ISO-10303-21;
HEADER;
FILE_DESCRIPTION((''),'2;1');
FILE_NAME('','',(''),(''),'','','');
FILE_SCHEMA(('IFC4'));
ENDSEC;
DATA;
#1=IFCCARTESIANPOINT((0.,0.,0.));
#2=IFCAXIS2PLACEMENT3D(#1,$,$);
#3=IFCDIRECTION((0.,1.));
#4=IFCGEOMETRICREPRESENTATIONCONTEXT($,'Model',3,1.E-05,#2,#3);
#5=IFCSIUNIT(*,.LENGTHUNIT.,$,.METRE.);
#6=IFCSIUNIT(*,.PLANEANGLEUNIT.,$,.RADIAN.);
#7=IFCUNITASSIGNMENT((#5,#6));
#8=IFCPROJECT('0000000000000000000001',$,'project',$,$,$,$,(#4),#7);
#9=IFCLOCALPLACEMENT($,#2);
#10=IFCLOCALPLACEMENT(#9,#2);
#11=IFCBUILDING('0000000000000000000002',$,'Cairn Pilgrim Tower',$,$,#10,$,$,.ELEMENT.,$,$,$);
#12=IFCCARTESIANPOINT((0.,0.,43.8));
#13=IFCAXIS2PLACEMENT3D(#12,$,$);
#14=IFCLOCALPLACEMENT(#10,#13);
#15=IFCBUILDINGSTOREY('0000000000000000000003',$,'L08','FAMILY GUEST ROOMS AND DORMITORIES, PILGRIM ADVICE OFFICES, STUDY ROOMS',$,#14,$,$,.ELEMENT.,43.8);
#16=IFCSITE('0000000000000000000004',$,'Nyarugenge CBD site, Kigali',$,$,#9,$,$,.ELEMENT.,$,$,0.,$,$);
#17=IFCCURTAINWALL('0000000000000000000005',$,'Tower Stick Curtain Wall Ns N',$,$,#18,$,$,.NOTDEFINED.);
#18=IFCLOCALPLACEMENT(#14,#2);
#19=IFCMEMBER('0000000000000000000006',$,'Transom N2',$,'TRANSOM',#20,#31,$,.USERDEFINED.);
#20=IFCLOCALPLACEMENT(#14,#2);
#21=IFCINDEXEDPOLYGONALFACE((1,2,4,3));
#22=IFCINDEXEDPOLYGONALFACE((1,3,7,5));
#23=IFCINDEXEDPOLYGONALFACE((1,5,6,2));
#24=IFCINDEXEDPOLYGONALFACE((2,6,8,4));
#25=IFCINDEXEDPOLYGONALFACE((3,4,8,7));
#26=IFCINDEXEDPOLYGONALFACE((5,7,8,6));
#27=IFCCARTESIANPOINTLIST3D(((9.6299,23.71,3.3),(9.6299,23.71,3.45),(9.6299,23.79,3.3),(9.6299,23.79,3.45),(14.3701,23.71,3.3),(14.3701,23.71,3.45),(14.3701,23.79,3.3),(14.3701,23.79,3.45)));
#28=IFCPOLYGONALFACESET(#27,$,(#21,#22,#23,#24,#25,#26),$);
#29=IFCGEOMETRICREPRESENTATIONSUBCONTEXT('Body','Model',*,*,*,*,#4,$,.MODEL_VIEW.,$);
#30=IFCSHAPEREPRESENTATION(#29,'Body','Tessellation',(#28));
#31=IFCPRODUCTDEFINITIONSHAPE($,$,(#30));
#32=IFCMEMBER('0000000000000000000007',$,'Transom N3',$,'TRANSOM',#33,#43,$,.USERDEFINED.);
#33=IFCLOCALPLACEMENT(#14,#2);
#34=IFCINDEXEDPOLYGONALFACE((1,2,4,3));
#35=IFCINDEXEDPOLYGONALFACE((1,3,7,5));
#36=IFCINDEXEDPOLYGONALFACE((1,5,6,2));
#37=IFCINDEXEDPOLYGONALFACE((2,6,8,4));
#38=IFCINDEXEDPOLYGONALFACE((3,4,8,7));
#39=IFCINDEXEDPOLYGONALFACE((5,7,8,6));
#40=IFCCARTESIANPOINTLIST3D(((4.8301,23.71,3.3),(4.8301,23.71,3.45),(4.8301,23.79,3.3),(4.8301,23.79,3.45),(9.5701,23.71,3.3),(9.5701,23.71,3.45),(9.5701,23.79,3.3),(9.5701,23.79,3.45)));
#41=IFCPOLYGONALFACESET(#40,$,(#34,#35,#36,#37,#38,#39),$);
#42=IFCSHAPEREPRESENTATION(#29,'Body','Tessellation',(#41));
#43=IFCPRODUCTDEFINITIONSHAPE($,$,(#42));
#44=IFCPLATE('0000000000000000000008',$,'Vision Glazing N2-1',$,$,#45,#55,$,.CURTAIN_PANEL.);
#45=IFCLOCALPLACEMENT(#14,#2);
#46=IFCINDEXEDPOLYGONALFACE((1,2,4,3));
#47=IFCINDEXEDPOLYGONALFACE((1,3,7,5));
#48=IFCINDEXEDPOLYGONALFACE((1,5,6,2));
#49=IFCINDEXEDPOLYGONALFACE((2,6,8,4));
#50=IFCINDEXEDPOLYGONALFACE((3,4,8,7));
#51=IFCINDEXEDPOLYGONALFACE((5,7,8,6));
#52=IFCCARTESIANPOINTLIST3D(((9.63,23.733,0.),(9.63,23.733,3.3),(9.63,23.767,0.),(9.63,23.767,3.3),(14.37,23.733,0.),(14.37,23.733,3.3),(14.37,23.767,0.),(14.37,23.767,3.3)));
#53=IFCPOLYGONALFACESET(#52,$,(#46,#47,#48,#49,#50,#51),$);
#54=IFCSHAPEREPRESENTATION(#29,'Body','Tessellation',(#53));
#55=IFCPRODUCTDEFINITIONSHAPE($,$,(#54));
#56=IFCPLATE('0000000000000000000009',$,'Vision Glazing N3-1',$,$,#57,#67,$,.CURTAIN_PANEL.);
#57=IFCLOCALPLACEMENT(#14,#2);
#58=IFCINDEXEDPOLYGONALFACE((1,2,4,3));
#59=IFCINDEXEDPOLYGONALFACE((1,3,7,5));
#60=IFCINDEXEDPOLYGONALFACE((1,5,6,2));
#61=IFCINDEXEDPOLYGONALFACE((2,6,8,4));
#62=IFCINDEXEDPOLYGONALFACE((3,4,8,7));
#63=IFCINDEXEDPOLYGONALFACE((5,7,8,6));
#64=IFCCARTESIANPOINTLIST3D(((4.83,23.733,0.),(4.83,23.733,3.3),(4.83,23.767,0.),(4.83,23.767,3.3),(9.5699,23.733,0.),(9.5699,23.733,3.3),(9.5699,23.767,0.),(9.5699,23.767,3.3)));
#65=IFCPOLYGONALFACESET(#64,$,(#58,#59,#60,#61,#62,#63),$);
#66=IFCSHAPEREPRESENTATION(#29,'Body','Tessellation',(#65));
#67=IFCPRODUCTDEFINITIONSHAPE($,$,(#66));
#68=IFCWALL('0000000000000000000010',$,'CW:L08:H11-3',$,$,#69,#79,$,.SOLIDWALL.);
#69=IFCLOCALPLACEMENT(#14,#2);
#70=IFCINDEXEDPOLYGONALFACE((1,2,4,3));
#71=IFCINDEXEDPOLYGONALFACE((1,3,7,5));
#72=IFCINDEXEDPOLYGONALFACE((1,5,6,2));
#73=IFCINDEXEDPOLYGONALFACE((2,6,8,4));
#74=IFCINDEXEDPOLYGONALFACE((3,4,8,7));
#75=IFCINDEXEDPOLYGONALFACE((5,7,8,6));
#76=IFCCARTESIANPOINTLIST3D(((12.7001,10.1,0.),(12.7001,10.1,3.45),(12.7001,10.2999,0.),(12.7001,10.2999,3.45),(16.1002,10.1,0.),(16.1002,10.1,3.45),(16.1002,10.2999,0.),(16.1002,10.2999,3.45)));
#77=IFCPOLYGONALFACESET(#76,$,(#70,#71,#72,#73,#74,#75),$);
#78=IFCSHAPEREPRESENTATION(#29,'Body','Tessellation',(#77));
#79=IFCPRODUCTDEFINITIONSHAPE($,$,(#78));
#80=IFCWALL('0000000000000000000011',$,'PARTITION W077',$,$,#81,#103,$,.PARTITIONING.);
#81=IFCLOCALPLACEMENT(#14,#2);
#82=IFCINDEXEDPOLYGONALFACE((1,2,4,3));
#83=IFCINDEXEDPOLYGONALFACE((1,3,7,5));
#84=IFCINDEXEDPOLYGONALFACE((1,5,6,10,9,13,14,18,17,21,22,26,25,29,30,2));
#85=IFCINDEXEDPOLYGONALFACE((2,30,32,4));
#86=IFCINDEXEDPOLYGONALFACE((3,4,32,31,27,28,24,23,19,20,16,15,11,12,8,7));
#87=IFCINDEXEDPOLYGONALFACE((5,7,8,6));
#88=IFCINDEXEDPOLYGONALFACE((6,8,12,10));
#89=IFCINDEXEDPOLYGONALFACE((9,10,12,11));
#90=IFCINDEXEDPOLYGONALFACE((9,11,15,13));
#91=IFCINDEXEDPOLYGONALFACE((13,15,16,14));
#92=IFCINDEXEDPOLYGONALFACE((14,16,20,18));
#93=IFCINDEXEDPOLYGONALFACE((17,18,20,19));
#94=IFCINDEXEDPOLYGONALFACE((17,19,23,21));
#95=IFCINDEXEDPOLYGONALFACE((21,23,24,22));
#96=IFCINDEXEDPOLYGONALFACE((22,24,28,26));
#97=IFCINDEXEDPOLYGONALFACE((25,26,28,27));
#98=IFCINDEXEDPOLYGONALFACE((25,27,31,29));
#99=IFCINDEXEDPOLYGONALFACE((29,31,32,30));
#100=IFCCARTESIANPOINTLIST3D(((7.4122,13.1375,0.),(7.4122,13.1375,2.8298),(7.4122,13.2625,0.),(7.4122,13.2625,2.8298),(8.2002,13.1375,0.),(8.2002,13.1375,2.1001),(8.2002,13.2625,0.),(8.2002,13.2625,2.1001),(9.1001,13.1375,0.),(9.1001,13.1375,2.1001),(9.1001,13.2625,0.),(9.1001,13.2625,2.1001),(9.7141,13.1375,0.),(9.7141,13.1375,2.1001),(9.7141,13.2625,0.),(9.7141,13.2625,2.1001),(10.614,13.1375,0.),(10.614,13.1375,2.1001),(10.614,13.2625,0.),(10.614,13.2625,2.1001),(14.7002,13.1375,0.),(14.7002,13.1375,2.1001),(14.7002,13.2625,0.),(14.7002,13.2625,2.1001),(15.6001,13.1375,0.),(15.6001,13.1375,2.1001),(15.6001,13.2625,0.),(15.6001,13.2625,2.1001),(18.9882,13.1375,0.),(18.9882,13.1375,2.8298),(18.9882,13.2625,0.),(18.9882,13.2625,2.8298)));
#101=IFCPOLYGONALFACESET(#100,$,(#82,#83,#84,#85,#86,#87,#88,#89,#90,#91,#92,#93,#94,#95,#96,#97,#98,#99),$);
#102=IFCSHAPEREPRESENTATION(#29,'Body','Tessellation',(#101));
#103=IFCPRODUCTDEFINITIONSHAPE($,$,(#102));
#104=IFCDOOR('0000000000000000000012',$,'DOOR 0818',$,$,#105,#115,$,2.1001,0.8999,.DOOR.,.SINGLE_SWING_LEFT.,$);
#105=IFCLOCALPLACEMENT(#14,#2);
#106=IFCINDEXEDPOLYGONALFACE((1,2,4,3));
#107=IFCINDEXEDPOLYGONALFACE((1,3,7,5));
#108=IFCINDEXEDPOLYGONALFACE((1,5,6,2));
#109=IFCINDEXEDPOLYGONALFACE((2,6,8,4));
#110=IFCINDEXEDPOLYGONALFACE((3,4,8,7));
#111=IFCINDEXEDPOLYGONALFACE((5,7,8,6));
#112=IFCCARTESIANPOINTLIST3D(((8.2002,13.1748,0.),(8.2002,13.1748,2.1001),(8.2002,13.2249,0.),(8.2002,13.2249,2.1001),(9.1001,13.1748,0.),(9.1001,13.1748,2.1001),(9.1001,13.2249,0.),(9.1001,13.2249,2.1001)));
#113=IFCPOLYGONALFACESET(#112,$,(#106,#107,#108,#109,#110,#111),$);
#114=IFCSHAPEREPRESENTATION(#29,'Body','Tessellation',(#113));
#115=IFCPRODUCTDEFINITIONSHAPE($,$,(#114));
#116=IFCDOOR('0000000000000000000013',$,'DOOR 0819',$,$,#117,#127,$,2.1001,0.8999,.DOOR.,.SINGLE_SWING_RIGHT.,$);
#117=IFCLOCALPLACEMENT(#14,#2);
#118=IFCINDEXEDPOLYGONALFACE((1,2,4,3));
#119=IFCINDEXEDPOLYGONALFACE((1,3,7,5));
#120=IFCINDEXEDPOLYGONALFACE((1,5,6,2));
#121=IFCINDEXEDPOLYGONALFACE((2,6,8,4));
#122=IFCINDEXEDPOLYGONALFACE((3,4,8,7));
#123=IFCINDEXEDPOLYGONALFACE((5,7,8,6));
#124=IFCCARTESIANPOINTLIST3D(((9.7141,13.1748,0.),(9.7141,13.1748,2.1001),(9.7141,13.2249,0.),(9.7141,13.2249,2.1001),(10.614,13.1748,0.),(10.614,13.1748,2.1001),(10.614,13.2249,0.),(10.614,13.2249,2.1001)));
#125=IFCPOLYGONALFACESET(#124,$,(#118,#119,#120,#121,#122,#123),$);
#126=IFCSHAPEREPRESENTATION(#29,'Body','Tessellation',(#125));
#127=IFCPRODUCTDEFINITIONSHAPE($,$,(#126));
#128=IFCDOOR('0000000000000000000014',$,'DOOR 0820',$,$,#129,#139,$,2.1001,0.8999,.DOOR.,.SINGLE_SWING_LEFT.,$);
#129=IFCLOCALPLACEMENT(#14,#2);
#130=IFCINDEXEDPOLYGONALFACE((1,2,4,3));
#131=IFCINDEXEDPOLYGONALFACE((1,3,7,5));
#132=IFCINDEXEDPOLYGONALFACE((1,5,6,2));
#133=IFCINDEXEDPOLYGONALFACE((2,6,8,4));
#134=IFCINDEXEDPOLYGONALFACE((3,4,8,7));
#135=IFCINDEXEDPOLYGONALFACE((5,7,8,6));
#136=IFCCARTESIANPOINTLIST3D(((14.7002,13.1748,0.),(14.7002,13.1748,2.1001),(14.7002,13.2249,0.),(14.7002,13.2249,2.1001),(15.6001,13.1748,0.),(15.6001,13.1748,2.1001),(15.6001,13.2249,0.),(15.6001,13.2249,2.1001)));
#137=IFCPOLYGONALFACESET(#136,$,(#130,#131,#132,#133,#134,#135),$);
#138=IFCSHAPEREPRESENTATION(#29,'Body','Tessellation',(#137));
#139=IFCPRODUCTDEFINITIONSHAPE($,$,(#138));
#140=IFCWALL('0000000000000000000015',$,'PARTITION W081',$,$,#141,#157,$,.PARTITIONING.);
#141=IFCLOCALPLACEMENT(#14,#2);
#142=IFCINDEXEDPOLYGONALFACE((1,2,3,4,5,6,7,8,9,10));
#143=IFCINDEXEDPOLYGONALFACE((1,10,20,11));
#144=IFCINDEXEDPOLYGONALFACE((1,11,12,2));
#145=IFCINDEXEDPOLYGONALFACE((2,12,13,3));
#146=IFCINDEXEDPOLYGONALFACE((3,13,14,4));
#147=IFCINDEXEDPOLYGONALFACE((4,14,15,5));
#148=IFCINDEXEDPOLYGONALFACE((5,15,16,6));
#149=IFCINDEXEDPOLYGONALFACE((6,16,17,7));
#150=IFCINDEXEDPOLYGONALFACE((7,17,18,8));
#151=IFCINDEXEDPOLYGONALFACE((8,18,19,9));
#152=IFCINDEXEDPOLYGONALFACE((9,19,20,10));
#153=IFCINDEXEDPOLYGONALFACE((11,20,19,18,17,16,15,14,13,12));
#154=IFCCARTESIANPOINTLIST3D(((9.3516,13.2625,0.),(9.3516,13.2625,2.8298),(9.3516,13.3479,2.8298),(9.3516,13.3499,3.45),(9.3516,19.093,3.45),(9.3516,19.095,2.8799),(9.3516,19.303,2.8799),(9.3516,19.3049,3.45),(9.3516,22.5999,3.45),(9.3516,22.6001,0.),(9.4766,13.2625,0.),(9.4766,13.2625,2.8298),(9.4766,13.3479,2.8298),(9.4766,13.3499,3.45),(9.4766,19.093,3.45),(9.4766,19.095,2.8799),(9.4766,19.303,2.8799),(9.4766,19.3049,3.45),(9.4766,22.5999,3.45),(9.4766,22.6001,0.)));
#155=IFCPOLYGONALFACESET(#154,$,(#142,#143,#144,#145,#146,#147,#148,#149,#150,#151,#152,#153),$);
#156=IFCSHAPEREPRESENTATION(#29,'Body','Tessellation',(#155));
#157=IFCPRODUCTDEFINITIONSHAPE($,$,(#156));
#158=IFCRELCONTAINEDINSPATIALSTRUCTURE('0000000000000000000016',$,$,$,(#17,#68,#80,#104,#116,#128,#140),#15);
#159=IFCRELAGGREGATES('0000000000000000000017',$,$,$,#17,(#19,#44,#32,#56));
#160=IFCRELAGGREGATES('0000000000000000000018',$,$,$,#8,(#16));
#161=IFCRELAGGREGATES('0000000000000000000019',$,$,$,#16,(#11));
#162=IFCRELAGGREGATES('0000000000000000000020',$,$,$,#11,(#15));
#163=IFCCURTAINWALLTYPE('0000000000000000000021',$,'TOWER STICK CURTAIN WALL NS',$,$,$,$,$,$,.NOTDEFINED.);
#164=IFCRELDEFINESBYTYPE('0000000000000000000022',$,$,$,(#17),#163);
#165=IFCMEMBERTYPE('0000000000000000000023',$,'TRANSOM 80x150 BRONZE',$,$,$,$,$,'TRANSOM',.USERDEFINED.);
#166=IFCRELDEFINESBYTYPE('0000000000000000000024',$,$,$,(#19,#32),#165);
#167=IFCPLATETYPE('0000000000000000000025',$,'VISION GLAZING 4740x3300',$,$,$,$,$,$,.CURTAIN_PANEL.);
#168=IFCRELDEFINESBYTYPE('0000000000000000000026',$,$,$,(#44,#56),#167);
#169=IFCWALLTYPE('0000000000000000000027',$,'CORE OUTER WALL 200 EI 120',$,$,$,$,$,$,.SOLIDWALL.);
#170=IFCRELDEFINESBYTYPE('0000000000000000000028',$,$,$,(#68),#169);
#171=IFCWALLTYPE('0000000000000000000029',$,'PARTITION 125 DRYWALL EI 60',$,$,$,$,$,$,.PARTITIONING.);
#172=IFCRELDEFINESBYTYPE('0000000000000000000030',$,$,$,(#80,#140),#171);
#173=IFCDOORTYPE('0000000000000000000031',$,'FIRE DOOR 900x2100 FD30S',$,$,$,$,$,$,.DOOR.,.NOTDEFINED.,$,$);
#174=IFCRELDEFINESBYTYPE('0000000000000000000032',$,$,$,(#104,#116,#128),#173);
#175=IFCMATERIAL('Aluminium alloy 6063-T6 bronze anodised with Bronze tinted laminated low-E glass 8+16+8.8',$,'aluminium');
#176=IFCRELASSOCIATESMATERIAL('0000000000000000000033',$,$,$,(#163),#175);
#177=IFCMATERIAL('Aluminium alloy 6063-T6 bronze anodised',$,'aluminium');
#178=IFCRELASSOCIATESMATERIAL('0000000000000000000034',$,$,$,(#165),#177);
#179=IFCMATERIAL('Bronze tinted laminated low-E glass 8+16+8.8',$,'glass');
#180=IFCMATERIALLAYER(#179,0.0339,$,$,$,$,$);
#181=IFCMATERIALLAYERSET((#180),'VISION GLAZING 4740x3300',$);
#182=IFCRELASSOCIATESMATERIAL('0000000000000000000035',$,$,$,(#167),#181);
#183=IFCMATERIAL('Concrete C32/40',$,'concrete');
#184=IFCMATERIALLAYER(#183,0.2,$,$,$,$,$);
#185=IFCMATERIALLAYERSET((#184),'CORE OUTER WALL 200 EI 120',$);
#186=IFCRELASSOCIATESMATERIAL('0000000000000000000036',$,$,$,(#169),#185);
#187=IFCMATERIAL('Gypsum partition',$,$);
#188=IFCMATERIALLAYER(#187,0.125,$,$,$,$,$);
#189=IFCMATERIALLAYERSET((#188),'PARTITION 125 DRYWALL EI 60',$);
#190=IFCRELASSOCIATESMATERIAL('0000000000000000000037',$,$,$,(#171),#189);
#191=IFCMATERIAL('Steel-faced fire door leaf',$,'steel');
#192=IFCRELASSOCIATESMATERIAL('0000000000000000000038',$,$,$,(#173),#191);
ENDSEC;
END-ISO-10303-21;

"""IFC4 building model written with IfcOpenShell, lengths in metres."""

from ifc_helpers import new_model, si_unit, direction, frame, frame_2d, origin, origin_2d, place, context, subcontext, project, spatial, polyline, rectangle, outline, extrude, material, layer, layer_set, material_profile, profile_set, type_object, element, fill, aggregate, save


model = new_model("IFC4")

# Units and contexts
model_context = context("Model", 3, precision=1e-05, world=origin(), true_north=direction((0.0, 1.0)))
body_context = subcontext(model_context, "Body", "Model", "MODEL_VIEW")
ifc_project = project(units=[si_unit("LENGTHUNIT", "METRE"), si_unit("PLANEANGLEUNIT", "RADIAN")], contexts=[model_context])

# Site, building, storey
site_placement = place(None, origin())
site = spatial("IfcSite", under=ifc_project, at=site_placement, Name="Nyarugenge CBD site, Kigali", CompositionType="ELEMENT", RefElevation=0.0)
building_placement = place(site_placement, origin())
building = spatial("IfcBuilding", under=site, at=building_placement, Name="Cairn Pilgrim Tower", CompositionType="ELEMENT")
storey_placement = place(building_placement, frame((0.0, 0.0, 43.8)))
storey = spatial("IfcBuildingStorey", under=building, at=storey_placement, Name="L08", Description="FAMILY GUEST ROOMS AND DORMITORIES, PILGRIM ADVICE OFFICES, STUDY ROOMS", CompositionType="ELEMENT", Elevation=43.8)

# Curtain wall
ifc_material_1 = material(Name="Aluminium alloy 6063-T6 bronze anodised with Bronze tinted laminated low-E glass 8+16+8.8", Category="aluminium")
curtain_wall_type = type_object("IfcCurtainWallType", Name="TOWER STICK CURTAIN WALL NS", PredefinedType="NOTDEFINED", material=ifc_material_1)
curtain_wall_placement = place(storey_placement, origin())
curtain_wall = element("IfcCurtainWall", 1, at=curtain_wall_placement, inside=storey, type_object=curtain_wall_type, Name="Tower Stick Curtain Wall Ns N", PredefinedType="NOTDEFINED")
ifc_material_2 = material(Name="Aluminium alloy 6063-T6 bronze anodised", Category="aluminium")

# Members
ifc_material_profile_1 = material_profile(ifc_material_2, rectangle(XDim=0.0801, YDim=0.1499, at=origin_2d()), Name="TRANSOM 80x150 BRONZE")
ifc_profile_set_1 = profile_set([ifc_material_profile_1], Name="Aluminium alloy 6063-T6 bronze anodised")
member_type_1 = type_object("IfcMemberType", Name="TRANSOM 80x150 BRONZE", ElementType="TRANSOM", PredefinedType="USERDEFINED", material=ifc_profile_set_1)
member_1_placement = place(storey_placement, frame((14.3701, 23.75, 3.375), z_axis=(-1.0, 0.0, 0.0), x_axis=(0.0, -1.0, 0.0)))
member_1 = element("IfcMember", 2, at=member_1_placement, type_object=member_type_1, Name="Transom N2", ObjectType="TRANSOM", PredefinedType="USERDEFINED", context=body_context, shape_type="SweptSolid", body=[
    extrude(rectangle(XDim=0.0801, YDim=0.1499, at=origin_2d()), origin(), (0.0, 0.0, 1.0), 4.7402),
])
member_2_placement = place(storey_placement, frame((9.5701, 23.75, 3.375), z_axis=(-1.0, 0.0, 0.0), x_axis=(0.0, -1.0, 0.0)))
member_2 = element("IfcMember", 3, at=member_2_placement, type_object=member_type_1, Name="Transom N3", ObjectType="TRANSOM", PredefinedType="USERDEFINED", context=body_context, shape_type="SweptSolid", body=[
    extrude(rectangle(XDim=0.0801, YDim=0.1499, at=origin_2d()), origin(), (0.0, 0.0, 1.0), 4.74),
])

# Plates
ifc_material_3 = material(Name="Bronze tinted laminated low-E glass 8+16+8.8", Category="glass")
ifc_layer_1 = layer(ifc_material_3, 0.0339)
ifc_layer_set_1 = layer_set([ifc_layer_1], Name="VISION GLAZING 4740x3300")
plate_type = type_object("IfcPlateType", Name="VISION GLAZING 4740x3300", PredefinedType="CURTAIN_PANEL", material=ifc_layer_set_1)
plate_1_placement = place(storey_placement, frame((12.0, 23.75, 0.0), z_axis=(0.0, 0.0, 1.0), x_axis=(-1.0, 0.0, 0.0)))
plate_1 = element("IfcPlate", 4, at=plate_1_placement, type_object=plate_type, Name="Vision Glazing N2-1", PredefinedType="CURTAIN_PANEL", context=body_context, shape_type="SweptSolid", body=[
    extrude(rectangle(XDim=4.74, YDim=0.0339, at=origin_2d()), origin(), (0.0, 0.0, 1.0), 3.3),
])
plate_2_placement = place(storey_placement, frame((7.2, 23.75, 0.0), z_axis=(0.0, 0.0, 1.0), x_axis=(-1.0, 0.0, 0.0)))
plate_2 = element("IfcPlate", 5, at=plate_2_placement, type_object=plate_type, Name="Vision Glazing N3-1", PredefinedType="CURTAIN_PANEL", context=body_context, shape_type="SweptSolid", body=[
    extrude(rectangle(XDim=4.74, YDim=0.0339, at=origin_2d()), origin(), (0.0, 0.0, 1.0), 3.3),
])
aggregate(curtain_wall, [member_1, plate_1, member_2, plate_2])

# Wall
ifc_material_4 = material(Name="Concrete C32/40", Category="concrete")
ifc_layer_2 = layer(ifc_material_4, 0.2)
ifc_layer_set_2 = layer_set([ifc_layer_2], Name="CORE OUTER WALL 200 EI 120")
wall_type_1 = type_object("IfcWallType", Name="CORE OUTER WALL 200 EI 120", PredefinedType="SOLIDWALL", material=ifc_layer_set_2)
wall_1_placement = place(storey_placement, frame((12.7, 10.2, 0.0), z_axis=(0.0, 0.0, 1.0), x_axis=(1.0, 0.0, 0.0)))
element("IfcWall", 6, at=wall_1_placement, inside=storey, type_object=wall_type_1, Name="CW:L08:H11-3", PredefinedType="SOLIDWALL", context=body_context, shape_type="SweptSolid", body=[
    extrude(rectangle(XDim=3.4001, YDim=0.2, at=frame_2d((1.7002, 0.0))), origin(), (0.0, 0.0, 1.0), 3.45),
])

# Wall, openings, doors
ifc_material_5 = material(Name="Gypsum partition")
ifc_layer_3 = layer(ifc_material_5, 0.125)
ifc_layer_set_3 = layer_set([ifc_layer_3], Name="PARTITION 125 DRYWALL EI 60")
wall_type_2 = type_object("IfcWallType", Name="PARTITION 125 DRYWALL EI 60", PredefinedType="PARTITIONING", material=ifc_layer_set_3)
wall_2_placement = place(storey_placement, frame((7.4121, 13.2, 0.0), z_axis=(0.0, 0.0, 1.0), x_axis=(1.0, 0.0, 0.0)))
wall_2 = element("IfcWall", 7, at=wall_2_placement, inside=storey, type_object=wall_type_2, Name="PARTITION W077", PredefinedType="PARTITIONING", context=body_context, shape_type="SweptSolid", body=[
    extrude(rectangle(XDim=11.5759, YDim=0.125, at=frame_2d((5.7881, 0.0))), origin(), (0.0, 0.0, 1.0), 2.8298),
])
opening_1_placement = place(wall_2_placement, frame((0.7881, 0.0, 0.0)))
opening_1 = element("IfcOpeningElement", 8, at=opening_1_placement, cuts=wall_2, PredefinedType="OPENING", context=body_context, shape_type="SweptSolid", body=[
    extrude(rectangle(XDim=0.8999, YDim=2.1001, at=frame_2d((0.45, 1.05))), frame((0.0, 0.0725, 0.0), z_axis=(0.0, -1.0, 0.0), x_axis=(1.0, 0.0, 0.0)), (0.0, 0.0, 1.0), 0.145),
])
opening_2_placement = place(wall_2_placement, frame((2.302, 0.0, 0.0)))
opening_2 = element("IfcOpeningElement", 9, at=opening_2_placement, cuts=wall_2, PredefinedType="OPENING", context=body_context, shape_type="SweptSolid", body=[
    extrude(rectangle(XDim=0.8999, YDim=2.1001, at=frame_2d((0.45, 1.05))), frame((0.0, 0.0725, 0.0), z_axis=(0.0, -1.0, 0.0), x_axis=(1.0, 0.0, 0.0)), (0.0, 0.0, 1.0), 0.145),
])
opening_3_placement = place(wall_2_placement, frame((7.2881, 0.0, 0.0)))
opening_3 = element("IfcOpeningElement", 10, at=opening_3_placement, cuts=wall_2, PredefinedType="OPENING", context=body_context, shape_type="SweptSolid", body=[
    extrude(rectangle(XDim=0.8999, YDim=2.1001, at=frame_2d((0.45, 1.05))), frame((0.0, 0.0725, 0.0), z_axis=(0.0, -1.0, 0.0), x_axis=(1.0, 0.0, 0.0)), (0.0, 0.0, 1.0), 0.145),
])
ifc_material_6 = material(Name="Steel-faced fire door leaf", Category="steel")
door_type_1 = type_object("IfcDoorType", Name="FIRE DOOR 900x2100 FD30S", OperationType="NOTDEFINED", PredefinedType="DOOR", material=ifc_material_6)
door_1_placement = place(opening_1_placement, origin())
door_1 = element("IfcDoor", 11, at=door_1_placement, inside=storey, type_object=door_type_1, Name="DOOR 0818", OperationType="SINGLE_SWING_LEFT", OverallHeight=2.1001, OverallWidth=0.8999, PredefinedType="DOOR", context=body_context, shape_type="SweptSolid", body=[
    extrude(rectangle(XDim=0.8999, YDim=2.1001, at=frame_2d((0.45, 1.05))), frame((0.0, 0.0249, 0.0), z_axis=(0.0, -1.0, 0.0), x_axis=(1.0, 0.0, 0.0)), (0.0, 0.0, 1.0), 0.05),
])
fill(opening_1, door_1)
door_2_placement = place(opening_2_placement, origin())
door_2 = element("IfcDoor", 12, at=door_2_placement, inside=storey, type_object=door_type_1, Name="DOOR 0819", OperationType="SINGLE_SWING_RIGHT", OverallHeight=2.1001, OverallWidth=0.8999, PredefinedType="DOOR", context=body_context, shape_type="SweptSolid", body=[
    extrude(rectangle(XDim=0.8999, YDim=2.1001, at=frame_2d((0.45, 1.05))), frame((0.0, 0.0249, 0.0), z_axis=(0.0, -1.0, 0.0), x_axis=(1.0, 0.0, 0.0)), (0.0, 0.0, 1.0), 0.05),
])
fill(opening_2, door_2)
door_3_placement = place(opening_3_placement, origin())
door_3 = element("IfcDoor", 13, at=door_3_placement, inside=storey, type_object=door_type_1, Name="DOOR 0820", OperationType="SINGLE_SWING_LEFT", OverallHeight=2.1001, OverallWidth=0.8999, PredefinedType="DOOR", context=body_context, shape_type="SweptSolid", body=[
    extrude(rectangle(XDim=0.8999, YDim=2.1001, at=frame_2d((0.45, 1.05))), frame((0.0, 0.0249, 0.0), z_axis=(0.0, -1.0, 0.0), x_axis=(1.0, 0.0, 0.0)), (0.0, 0.0, 1.0), 0.05),
])
fill(opening_3, door_3)

# Wall
wall_3_placement = place(storey_placement, frame((9.4141, 13.2625, 0.0), z_axis=(0.0, 0.0, 1.0), x_axis=(0.0, 1.0, 0.0)))
element("IfcWall", 14, at=wall_3_placement, inside=storey, type_object=wall_type_2, Name="PARTITION W081", PredefinedType="PARTITIONING", context=body_context, shape_type="SweptSolid", body=[
    extrude(outline(polyline([(0.0, 0.0), (9.3376, 0.0), (9.3374, 3.45), (6.0425, 3.45), (6.0405, 2.8799), (5.8325, 2.8799), (5.8306, 3.45), (0.0874, 3.45), (0.0854, 2.8298), (0.0, 2.8298), (0.0, 0.0)])), frame((0.0, 0.0625, 0.0), z_axis=(0.0, -1.0, 0.0), x_axis=(1.0, 0.0, 0.0)), (0.0, 0.0, 1.0), 0.125),
])

save(model, "model.ifc")
